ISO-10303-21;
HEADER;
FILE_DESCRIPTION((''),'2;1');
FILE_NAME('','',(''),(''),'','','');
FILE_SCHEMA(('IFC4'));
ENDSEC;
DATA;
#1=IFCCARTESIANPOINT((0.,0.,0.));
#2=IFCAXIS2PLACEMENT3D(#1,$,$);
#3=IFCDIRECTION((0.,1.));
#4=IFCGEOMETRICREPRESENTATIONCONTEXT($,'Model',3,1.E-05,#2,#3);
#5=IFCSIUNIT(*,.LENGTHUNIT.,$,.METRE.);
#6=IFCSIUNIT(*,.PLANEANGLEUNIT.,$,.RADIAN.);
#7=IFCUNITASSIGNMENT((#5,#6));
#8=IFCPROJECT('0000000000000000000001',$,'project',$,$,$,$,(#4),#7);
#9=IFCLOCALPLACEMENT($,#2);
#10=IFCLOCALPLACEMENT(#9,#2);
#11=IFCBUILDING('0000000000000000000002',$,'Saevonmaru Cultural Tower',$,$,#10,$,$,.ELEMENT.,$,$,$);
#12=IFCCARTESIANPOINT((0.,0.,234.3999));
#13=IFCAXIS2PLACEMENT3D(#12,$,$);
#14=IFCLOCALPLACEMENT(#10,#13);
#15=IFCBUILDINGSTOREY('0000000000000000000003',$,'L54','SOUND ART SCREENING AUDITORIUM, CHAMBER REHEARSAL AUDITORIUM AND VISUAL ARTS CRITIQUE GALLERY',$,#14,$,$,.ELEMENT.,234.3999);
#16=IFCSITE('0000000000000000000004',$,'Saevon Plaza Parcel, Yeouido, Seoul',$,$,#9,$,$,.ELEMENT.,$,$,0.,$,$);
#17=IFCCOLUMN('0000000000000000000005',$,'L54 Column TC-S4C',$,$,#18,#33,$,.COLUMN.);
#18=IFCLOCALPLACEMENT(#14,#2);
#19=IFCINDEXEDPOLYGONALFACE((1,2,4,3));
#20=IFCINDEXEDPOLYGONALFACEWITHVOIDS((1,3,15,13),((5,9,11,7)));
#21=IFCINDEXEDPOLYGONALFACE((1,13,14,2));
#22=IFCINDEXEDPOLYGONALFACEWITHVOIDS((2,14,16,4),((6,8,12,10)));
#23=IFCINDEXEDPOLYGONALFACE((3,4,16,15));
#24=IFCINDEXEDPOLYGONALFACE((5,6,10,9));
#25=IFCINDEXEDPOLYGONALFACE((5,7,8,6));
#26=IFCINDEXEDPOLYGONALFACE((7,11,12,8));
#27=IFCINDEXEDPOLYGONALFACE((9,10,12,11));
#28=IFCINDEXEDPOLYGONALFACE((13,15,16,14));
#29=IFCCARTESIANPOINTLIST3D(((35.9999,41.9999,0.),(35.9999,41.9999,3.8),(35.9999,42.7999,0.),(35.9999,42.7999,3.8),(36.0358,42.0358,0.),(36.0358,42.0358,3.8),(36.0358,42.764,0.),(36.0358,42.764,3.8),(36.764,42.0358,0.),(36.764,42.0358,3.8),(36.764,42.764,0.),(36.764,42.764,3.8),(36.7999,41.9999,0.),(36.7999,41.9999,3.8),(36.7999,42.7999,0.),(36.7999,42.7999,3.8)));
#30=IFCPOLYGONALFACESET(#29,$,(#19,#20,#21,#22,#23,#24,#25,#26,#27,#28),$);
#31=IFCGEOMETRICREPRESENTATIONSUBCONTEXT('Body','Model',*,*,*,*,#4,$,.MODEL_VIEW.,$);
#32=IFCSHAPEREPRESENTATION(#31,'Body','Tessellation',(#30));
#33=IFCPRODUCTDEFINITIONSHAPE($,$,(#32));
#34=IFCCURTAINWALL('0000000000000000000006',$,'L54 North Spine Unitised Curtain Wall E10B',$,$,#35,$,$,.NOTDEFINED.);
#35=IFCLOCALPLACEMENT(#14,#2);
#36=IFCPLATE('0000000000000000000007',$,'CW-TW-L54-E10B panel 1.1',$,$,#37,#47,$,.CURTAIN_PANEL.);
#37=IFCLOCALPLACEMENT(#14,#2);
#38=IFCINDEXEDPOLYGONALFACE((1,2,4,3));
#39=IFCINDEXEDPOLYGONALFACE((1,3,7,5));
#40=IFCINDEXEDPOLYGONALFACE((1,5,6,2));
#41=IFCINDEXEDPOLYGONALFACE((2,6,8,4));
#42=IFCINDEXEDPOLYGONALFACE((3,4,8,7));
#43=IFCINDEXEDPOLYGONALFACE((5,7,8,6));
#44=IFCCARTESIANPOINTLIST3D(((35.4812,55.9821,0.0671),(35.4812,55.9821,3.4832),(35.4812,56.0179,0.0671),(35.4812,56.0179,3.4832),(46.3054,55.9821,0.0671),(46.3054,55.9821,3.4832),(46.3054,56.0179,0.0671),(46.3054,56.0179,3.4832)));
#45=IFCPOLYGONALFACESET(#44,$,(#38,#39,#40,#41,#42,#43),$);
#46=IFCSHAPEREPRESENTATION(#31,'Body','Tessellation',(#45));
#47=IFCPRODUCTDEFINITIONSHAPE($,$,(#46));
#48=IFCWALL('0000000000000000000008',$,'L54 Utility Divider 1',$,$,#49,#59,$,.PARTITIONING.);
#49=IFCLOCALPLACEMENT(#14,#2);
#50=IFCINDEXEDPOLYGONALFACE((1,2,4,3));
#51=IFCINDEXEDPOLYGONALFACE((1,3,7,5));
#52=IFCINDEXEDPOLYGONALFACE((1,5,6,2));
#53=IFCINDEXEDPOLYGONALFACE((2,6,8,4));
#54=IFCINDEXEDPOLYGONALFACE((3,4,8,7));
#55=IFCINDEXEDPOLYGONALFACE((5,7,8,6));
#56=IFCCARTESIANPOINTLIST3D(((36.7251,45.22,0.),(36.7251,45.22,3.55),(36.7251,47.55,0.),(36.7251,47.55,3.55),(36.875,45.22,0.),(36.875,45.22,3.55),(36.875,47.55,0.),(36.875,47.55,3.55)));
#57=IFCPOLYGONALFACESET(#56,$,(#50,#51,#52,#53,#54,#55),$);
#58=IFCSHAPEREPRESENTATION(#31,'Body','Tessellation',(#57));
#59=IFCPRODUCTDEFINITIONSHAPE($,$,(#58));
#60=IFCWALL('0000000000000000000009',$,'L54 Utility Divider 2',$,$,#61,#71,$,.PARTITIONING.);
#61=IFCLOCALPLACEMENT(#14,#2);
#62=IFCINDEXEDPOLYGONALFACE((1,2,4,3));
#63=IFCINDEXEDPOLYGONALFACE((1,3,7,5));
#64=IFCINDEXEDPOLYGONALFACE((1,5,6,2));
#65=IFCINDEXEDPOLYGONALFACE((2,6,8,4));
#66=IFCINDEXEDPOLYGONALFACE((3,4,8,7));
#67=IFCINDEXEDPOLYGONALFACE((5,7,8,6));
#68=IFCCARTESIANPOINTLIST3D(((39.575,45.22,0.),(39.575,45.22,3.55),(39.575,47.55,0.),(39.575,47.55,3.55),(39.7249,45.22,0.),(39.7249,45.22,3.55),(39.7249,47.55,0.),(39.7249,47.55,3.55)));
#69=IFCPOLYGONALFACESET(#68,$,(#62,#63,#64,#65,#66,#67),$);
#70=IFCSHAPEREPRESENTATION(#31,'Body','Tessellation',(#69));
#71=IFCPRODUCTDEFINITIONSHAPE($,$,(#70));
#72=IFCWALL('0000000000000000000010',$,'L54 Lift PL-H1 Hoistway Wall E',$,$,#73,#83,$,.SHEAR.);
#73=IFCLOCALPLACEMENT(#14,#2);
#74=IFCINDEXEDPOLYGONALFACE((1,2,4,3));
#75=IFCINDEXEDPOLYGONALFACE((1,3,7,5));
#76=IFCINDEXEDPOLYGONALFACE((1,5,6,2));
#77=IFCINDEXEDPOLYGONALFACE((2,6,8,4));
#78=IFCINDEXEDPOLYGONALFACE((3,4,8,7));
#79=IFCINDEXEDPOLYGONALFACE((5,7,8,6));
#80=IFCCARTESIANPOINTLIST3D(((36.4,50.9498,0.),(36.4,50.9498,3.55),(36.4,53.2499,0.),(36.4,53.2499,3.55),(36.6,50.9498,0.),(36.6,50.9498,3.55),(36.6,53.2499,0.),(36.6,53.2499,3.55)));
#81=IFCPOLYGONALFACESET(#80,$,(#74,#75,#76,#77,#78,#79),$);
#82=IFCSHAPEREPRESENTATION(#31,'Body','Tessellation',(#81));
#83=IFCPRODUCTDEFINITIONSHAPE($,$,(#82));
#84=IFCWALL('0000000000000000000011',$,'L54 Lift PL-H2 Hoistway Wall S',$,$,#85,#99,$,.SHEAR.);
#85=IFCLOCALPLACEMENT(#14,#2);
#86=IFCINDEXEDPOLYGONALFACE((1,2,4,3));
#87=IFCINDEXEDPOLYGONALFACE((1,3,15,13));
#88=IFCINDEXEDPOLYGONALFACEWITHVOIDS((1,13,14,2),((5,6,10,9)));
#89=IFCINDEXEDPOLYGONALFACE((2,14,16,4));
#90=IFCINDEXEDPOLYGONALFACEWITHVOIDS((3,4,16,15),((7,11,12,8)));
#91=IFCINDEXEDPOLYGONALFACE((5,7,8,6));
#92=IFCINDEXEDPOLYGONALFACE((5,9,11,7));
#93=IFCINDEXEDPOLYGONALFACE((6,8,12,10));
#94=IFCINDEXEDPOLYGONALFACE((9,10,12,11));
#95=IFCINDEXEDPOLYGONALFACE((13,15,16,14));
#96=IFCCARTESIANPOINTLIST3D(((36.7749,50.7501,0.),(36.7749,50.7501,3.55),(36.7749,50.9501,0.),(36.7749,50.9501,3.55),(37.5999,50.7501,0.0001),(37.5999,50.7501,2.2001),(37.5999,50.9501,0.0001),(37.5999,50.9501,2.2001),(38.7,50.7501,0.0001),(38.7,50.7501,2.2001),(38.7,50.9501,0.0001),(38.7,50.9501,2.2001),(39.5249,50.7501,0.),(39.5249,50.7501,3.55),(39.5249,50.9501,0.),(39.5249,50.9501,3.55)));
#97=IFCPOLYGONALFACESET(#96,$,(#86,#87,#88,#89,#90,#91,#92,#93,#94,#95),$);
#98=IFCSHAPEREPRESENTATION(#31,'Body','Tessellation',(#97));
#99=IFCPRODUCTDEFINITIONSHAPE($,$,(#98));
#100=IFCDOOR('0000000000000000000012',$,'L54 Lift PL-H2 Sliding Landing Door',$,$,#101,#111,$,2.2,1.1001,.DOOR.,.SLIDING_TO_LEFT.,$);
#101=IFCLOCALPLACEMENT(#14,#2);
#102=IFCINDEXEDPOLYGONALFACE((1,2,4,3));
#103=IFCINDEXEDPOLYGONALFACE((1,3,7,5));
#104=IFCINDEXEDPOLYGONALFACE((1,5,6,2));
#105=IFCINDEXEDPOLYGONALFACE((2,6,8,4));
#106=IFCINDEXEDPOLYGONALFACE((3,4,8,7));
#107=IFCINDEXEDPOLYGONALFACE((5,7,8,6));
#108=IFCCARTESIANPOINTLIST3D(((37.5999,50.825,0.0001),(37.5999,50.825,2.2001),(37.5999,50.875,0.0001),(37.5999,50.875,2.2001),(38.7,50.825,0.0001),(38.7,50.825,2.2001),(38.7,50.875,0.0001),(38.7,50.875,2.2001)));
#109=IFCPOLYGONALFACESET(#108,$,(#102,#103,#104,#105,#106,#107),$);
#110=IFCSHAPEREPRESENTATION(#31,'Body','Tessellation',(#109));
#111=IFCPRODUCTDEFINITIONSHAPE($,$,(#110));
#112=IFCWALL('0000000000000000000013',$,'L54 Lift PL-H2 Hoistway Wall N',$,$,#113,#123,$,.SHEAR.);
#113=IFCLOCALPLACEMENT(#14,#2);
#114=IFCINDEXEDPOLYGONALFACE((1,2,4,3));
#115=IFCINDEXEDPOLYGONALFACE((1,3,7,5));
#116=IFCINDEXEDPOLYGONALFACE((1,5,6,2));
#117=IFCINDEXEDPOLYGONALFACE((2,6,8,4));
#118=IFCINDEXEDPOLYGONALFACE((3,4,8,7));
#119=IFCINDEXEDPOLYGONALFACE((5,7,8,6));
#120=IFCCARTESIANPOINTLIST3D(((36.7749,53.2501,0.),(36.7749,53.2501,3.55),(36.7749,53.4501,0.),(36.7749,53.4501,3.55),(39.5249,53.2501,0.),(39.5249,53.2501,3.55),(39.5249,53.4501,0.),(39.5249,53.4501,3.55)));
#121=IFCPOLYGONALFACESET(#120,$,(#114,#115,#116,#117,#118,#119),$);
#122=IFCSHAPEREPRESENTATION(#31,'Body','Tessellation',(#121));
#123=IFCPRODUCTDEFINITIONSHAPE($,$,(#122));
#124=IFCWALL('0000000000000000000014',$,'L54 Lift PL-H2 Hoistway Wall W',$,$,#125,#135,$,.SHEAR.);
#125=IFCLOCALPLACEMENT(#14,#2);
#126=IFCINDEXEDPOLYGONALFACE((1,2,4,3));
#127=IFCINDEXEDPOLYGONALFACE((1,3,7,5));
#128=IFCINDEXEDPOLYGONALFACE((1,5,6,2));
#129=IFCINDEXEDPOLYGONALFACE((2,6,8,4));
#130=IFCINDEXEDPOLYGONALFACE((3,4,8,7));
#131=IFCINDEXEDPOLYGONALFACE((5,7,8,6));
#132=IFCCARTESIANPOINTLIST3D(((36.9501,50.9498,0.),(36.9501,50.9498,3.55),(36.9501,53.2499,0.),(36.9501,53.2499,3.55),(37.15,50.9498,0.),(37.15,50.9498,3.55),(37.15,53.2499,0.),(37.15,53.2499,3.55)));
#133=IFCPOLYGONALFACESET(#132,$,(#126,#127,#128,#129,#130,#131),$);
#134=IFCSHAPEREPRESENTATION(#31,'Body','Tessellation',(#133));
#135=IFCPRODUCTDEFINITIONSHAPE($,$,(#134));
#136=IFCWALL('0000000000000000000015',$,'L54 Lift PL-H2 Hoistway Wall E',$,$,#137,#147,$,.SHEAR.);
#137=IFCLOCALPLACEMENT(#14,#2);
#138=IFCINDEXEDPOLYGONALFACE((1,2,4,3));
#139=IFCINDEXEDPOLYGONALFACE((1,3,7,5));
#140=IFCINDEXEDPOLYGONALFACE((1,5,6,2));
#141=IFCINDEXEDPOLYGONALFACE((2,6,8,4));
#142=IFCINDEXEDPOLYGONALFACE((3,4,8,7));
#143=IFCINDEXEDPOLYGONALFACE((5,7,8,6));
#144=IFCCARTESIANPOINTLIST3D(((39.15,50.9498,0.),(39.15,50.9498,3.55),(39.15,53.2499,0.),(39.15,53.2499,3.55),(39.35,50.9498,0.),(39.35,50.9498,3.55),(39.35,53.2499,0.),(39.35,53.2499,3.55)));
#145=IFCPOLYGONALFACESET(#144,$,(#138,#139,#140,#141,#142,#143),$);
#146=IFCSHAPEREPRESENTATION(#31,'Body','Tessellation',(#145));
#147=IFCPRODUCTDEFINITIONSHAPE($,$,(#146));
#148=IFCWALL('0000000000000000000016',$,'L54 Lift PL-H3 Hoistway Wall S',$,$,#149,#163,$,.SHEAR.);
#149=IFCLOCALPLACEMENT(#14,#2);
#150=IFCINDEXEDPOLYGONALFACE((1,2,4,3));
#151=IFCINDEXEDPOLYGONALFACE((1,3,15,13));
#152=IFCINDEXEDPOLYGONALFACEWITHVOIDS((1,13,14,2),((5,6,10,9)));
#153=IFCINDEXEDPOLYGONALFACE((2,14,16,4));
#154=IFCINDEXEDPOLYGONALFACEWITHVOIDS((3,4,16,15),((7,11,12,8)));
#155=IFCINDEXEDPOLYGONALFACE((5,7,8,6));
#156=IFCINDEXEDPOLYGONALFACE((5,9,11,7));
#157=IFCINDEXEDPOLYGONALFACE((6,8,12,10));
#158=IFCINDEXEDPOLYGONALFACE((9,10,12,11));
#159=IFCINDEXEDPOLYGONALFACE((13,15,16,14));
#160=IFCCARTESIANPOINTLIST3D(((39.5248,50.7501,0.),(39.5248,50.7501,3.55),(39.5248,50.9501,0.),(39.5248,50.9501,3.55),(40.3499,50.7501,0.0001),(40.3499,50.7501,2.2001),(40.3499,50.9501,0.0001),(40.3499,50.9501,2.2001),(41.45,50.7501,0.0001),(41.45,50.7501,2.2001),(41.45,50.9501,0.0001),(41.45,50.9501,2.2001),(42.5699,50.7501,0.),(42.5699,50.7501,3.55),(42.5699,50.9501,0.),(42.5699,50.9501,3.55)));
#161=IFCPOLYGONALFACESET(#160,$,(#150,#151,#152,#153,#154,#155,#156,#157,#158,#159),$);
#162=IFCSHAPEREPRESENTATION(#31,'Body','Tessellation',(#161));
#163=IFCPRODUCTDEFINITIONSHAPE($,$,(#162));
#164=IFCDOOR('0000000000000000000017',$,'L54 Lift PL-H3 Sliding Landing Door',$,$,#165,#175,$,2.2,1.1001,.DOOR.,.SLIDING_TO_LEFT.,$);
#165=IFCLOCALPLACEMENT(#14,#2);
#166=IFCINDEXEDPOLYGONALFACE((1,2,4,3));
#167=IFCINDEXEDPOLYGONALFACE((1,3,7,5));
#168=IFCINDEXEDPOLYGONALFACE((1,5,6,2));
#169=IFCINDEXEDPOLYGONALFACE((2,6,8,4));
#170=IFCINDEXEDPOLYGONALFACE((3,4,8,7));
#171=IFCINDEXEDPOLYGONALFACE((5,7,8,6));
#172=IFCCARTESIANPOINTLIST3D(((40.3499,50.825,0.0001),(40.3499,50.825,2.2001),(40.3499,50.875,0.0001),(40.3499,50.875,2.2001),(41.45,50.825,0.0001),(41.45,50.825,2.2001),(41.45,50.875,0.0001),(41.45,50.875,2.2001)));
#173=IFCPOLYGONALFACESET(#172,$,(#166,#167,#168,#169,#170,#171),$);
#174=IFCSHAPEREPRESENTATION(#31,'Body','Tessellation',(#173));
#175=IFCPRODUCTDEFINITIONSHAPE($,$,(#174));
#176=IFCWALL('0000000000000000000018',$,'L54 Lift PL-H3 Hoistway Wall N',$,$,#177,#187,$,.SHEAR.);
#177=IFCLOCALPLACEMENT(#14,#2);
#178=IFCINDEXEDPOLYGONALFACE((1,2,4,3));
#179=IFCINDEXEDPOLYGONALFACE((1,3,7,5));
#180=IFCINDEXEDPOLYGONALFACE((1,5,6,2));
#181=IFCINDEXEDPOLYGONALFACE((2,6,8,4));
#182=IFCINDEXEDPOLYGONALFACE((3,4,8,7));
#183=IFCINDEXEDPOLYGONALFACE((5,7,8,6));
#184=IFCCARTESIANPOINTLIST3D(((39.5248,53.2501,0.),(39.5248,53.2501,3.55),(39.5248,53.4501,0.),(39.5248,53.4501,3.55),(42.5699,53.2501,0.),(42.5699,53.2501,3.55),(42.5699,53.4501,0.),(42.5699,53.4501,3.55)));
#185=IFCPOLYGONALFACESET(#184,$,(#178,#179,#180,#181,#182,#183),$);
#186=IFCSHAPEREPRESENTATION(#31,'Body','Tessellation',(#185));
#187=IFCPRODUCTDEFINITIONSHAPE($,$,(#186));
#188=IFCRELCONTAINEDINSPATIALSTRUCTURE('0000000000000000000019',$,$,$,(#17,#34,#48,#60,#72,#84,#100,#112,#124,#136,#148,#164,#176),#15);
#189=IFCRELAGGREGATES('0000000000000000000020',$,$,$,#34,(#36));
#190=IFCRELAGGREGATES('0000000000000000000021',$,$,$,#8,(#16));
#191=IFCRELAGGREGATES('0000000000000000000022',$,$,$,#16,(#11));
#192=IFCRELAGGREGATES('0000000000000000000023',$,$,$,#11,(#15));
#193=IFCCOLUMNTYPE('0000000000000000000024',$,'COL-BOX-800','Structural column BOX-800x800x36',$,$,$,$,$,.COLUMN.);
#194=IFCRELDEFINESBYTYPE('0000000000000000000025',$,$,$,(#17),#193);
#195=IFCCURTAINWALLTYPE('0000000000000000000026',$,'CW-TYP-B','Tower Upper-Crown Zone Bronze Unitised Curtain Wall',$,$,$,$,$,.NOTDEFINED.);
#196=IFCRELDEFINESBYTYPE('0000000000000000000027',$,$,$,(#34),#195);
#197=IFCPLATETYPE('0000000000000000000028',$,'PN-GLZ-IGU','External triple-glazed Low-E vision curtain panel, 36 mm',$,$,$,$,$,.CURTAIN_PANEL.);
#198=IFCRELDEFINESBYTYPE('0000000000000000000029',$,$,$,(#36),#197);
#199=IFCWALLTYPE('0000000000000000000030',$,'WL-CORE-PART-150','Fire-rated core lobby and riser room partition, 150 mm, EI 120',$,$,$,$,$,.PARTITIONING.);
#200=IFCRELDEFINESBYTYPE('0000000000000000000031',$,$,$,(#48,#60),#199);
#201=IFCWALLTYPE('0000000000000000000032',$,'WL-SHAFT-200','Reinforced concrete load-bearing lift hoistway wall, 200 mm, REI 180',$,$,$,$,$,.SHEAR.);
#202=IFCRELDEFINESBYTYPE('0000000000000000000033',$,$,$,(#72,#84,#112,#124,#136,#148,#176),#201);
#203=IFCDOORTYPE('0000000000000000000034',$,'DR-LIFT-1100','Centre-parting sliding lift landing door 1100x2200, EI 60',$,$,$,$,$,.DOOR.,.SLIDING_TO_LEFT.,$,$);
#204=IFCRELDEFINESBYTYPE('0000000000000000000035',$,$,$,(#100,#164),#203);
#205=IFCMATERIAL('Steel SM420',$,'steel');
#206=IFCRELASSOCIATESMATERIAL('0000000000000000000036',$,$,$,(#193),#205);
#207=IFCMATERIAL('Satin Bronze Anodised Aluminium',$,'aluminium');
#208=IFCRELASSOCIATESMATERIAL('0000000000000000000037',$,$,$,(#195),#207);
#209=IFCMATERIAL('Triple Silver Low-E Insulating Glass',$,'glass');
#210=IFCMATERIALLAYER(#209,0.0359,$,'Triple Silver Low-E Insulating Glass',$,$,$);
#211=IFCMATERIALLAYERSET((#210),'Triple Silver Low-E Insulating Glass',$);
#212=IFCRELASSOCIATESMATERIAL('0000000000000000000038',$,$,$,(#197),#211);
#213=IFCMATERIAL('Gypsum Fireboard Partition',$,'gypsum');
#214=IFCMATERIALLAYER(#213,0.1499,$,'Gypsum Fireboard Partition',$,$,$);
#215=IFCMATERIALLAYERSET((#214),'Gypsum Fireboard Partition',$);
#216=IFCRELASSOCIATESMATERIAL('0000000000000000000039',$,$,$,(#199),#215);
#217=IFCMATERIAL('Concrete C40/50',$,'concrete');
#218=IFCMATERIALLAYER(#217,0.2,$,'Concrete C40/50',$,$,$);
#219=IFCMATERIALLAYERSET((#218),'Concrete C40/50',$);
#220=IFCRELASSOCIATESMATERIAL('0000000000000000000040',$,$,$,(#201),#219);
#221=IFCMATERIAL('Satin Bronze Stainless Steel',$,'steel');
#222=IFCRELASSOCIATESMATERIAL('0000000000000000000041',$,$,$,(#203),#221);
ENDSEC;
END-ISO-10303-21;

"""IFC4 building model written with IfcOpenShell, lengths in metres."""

from ifc_helpers import new_model, si_unit, direction, frame, frame_2d, origin, origin_2d, place, context, subcontext, project, spatial, rectangle, hollow_rectangle, extrude, material, layer, layer_set, material_profile, profile_set, type_object, element, fill, aggregate, save


model = new_model("IFC4")

# Units and contexts
model_context = context("Model", 3, precision=1e-05, world=origin(), true_north=direction((0.0, 1.0)))
body_context = subcontext(model_context, "Body", "Model", "MODEL_VIEW")
ifc_project = project(units=[si_unit("LENGTHUNIT", "METRE"), si_unit("PLANEANGLEUNIT", "RADIAN")], contexts=[model_context])

# Site, building, storey
site_placement = place(None, origin())
site = spatial("IfcSite", under=ifc_project, at=site_placement, Name="Saevon Plaza Parcel, Yeouido, Seoul", CompositionType="ELEMENT", RefElevation=0.0)
building_placement = place(site_placement, origin())
building = spatial("IfcBuilding", under=site, at=building_placement, Name="Saevonmaru Cultural Tower", CompositionType="ELEMENT")
storey_placement = place(building_placement, frame((0.0, 0.0, 234.3999)))
storey = spatial("IfcBuildingStorey", under=building, at=storey_placement, Name="L54", Description="SOUND ART SCREENING AUDITORIUM, CHAMBER REHEARSAL AUDITORIUM AND VISUAL ARTS CRITIQUE GALLERY", CompositionType="ELEMENT", Elevation=234.3999)

# Column
ifc_material_1 = material(Name="Steel SM420", Category="steel")
ifc_material_profile = material_profile(ifc_material_1, hollow_rectangle(XDim=0.8, YDim=0.8, WallThickness=0.0359, at=origin_2d()), Name="BOX-800x800x36")
ifc_profile_set = profile_set([ifc_material_profile], Name="Steel SM420")
column_type = type_object("IfcColumnType", Name="COL-BOX-800", Description="Structural column BOX-800x800x36", PredefinedType="COLUMN", material=ifc_profile_set)
column_placement = place(storey_placement, frame((36.3999, 42.3999, 0.0), z_axis=(0.0, 0.0, 1.0), x_axis=(1.0, 0.0, 0.0)))
element("IfcColumn", 1, at=column_placement, inside=storey, type_object=column_type, Name="L54 Column TC-S4C", PredefinedType="COLUMN", context=body_context, shape_type="SweptSolid", body=[
    extrude(hollow_rectangle(XDim=0.8, YDim=0.8, WallThickness=0.0359, at=origin_2d()), origin(), (0.0, 0.0, 1.0), 3.8),
])

# Curtain wall, plate
ifc_material_2 = material(Name="Satin Bronze Anodised Aluminium", Category="aluminium")
curtain_wall_type = type_object("IfcCurtainWallType", Name="CW-TYP-B", Description="Tower Upper-Crown Zone Bronze Unitised Curtain Wall", PredefinedType="NOTDEFINED", material=ifc_material_2)
curtain_wall_placement = place(storey_placement, origin())
curtain_wall = element("IfcCurtainWall", 2, at=curtain_wall_placement, inside=storey, type_object=curtain_wall_type, Name="L54 North Spine Unitised Curtain Wall E10B", PredefinedType="NOTDEFINED")
ifc_material_3 = material(Name="Triple Silver Low-E Insulating Glass", Category="glass")
ifc_layer_1 = layer(ifc_material_3, 0.0359, Name="Triple Silver Low-E Insulating Glass")
ifc_layer_set_1 = layer_set([ifc_layer_1], Name="Triple Silver Low-E Insulating Glass")
plate_type = type_object("IfcPlateType", Name="PN-GLZ-IGU", Description="External triple-glazed Low-E vision curtain panel, 36 mm", PredefinedType="CURTAIN_PANEL", material=ifc_layer_set_1)
plate_placement = place(storey_placement, frame((40.8933, 56.0, 0.0671), z_axis=(0.0, 0.0, 1.0), x_axis=(-1.0, 0.0, 0.0)))
plate = element("IfcPlate", 3, at=plate_placement, type_object=plate_type, Name="CW-TW-L54-E10B panel 1.1", PredefinedType="CURTAIN_PANEL", context=body_context, shape_type="SweptSolid", body=[
    extrude(rectangle(XDim=10.8242, YDim=0.0359, at=origin_2d()), origin(), (0.0, 0.0, 1.0), 3.416),
])
aggregate(curtain_wall, [plate])

# Walls
ifc_material_4 = material(Name="Gypsum Fireboard Partition", Category="gypsum")
ifc_layer_2 = layer(ifc_material_4, 0.1499, Name="Gypsum Fireboard Partition")
ifc_layer_set_2 = layer_set([ifc_layer_2], Name="Gypsum Fireboard Partition")
wall_type_1 = type_object("IfcWallType", Name="WL-CORE-PART-150", Description="Fire-rated core lobby and riser room partition, 150 mm, EI 120", PredefinedType="PARTITIONING", material=ifc_layer_set_2)
for number, where, z_axis, x_axis, name in (
    (4, (36.8, 45.22, 0.0), (0.0, 0.0, 1.0), (0.0, 1.0, 0.0), "L54 Utility Divider 1"),
    (5, (39.6499, 45.22, 0.0), (0.0, 0.0, 1.0), (0.0, 1.0, 0.0), "L54 Utility Divider 2"),
):
    element("IfcWall", number, at=place(storey_placement, frame(where, z_axis=z_axis, x_axis=x_axis)), inside=storey, type_object=wall_type_1, Name=name, PredefinedType="PARTITIONING", context=body_context, shape_type="SweptSolid", body=[
        extrude(rectangle(XDim=2.3301, YDim=0.1499, at=frame_2d((1.165, 0.0))), origin(), (0.0, 0.0, 1.0), 3.55),
    ])
ifc_material_5 = material(Name="Concrete C40/50", Category="concrete")
ifc_layer_3 = layer(ifc_material_5, 0.2, Name="Concrete C40/50")
ifc_layer_set_3 = layer_set([ifc_layer_3], Name="Concrete C40/50")
wall_type_2 = type_object("IfcWallType", Name="WL-SHAFT-200", Description="Reinforced concrete load-bearing lift hoistway wall, 200 mm, REI 180", PredefinedType="SHEAR", material=ifc_layer_set_3)
wall_1_placement = place(storey_placement, frame((36.5, 50.95, 0.0), z_axis=(0.0, 0.0, 1.0), x_axis=(0.0, 1.0, 0.0)))
element("IfcWall", 6, at=wall_1_placement, inside=storey, type_object=wall_type_2, Name="L54 Lift PL-H1 Hoistway Wall E", PredefinedType="SHEAR", context=body_context, shape_type="SweptSolid", body=[
    extrude(rectangle(XDim=2.3, YDim=0.2, at=frame_2d((1.1499, 0.0))), origin(), (0.0, 0.0, 1.0), 3.55),
])

# Wall, opening, door
wall_2_placement = place(storey_placement, frame((36.7749, 50.8501, 0.0), z_axis=(0.0, 0.0, 1.0), x_axis=(1.0, 0.0, 0.0)))
wall_2 = element("IfcWall", 7, at=wall_2_placement, inside=storey, type_object=wall_type_2, Name="L54 Lift PL-H2 Hoistway Wall S", PredefinedType="SHEAR", context=body_context, shape_type="SweptSolid", body=[
    extrude(rectangle(XDim=2.75, YDim=0.2, at=frame_2d((1.375, 0.0))), origin(), (0.0, 0.0, 1.0), 3.55),
])
opening_1_placement = place(wall_2_placement, frame((0.825, 0.0, 0.0)))
opening_1 = element("IfcOpeningElement", 8, at=opening_1_placement, cuts=wall_2, PredefinedType="OPENING", context=body_context, shape_type="SweptSolid", body=[
    extrude(rectangle(XDim=1.1001, YDim=2.2, at=frame_2d((0.55, 1.1001))), frame((0.0, 0.1099, 0.0), z_axis=(0.0, -1.0, 0.0), x_axis=(1.0, 0.0, 0.0)), (0.0, 0.0, 1.0), 0.22),
])
ifc_material_6 = material(Name="Satin Bronze Stainless Steel", Category="steel")
door_type_1 = type_object("IfcDoorType", Name="DR-LIFT-1100", Description="Centre-parting sliding lift landing door 1100x2200, EI 60", OperationType="SLIDING_TO_LEFT", PredefinedType="DOOR", material=ifc_material_6)
door_1_placement = place(opening_1_placement, origin())
door_1 = element("IfcDoor", 9, at=door_1_placement, inside=storey, type_object=door_type_1, Name="L54 Lift PL-H2 Sliding Landing Door", OperationType="SLIDING_TO_LEFT", OverallHeight=2.2, OverallWidth=1.1001, PredefinedType="DOOR", context=body_context, shape_type="SweptSolid", body=[
    extrude(rectangle(XDim=1.1001, YDim=2.2, at=frame_2d((0.55, 1.1001))), frame((0.0, 0.0249, 0.0), z_axis=(0.0, -1.0, 0.0), x_axis=(1.0, 0.0, 0.0)), (0.0, 0.0, 1.0), 0.05),
])
fill(opening_1, door_1)

# Walls
wall_3_placement = place(storey_placement, frame((36.7749, 53.3501, 0.0), z_axis=(0.0, 0.0, 1.0), x_axis=(1.0, 0.0, 0.0)))
element("IfcWall", 10, at=wall_3_placement, inside=storey, type_object=wall_type_2, Name="L54 Lift PL-H2 Hoistway Wall N", PredefinedType="SHEAR", context=body_context, shape_type="SweptSolid", body=[
    extrude(rectangle(XDim=2.75, YDim=0.2, at=frame_2d((1.375, 0.0))), origin(), (0.0, 0.0, 1.0), 3.55),
])
for number, where, z_axis, x_axis, name in (
    (11, (37.05, 50.95, 0.0), (0.0, 0.0, 1.0), (0.0, 1.0, 0.0), "L54 Lift PL-H2 Hoistway Wall W"),
    (12, (39.25, 50.95, 0.0), (0.0, 0.0, 1.0), (0.0, 1.0, 0.0), "L54 Lift PL-H2 Hoistway Wall E"),
):
    element("IfcWall", number, at=place(storey_placement, frame(where, z_axis=z_axis, x_axis=x_axis)), inside=storey, type_object=wall_type_2, Name=name, PredefinedType="SHEAR", context=body_context, shape_type="SweptSolid", body=[
        extrude(rectangle(XDim=2.3, YDim=0.2, at=frame_2d((1.1499, 0.0))), origin(), (0.0, 0.0, 1.0), 3.55),
    ])

# Wall, opening, door
wall_4_placement = place(storey_placement, frame((39.5249, 50.8501, 0.0), z_axis=(0.0, 0.0, 1.0), x_axis=(1.0, 0.0, 0.0)))
wall_4 = element("IfcWall", 13, at=wall_4_placement, inside=storey, type_object=wall_type_2, Name="L54 Lift PL-H3 Hoistway Wall S", PredefinedType="SHEAR", context=body_context, shape_type="SweptSolid", body=[
    extrude(rectangle(XDim=3.0452, YDim=0.2, at=frame_2d((1.5225, 0.0))), origin(), (0.0, 0.0, 1.0), 3.55),
])
opening_2_placement = place(wall_4_placement, frame((0.825, 0.0, 0.0)))
opening_2 = element("IfcOpeningElement", 14, at=opening_2_placement, cuts=wall_4, PredefinedType="OPENING", context=body_context, shape_type="SweptSolid", body=[
    extrude(rectangle(XDim=1.1001, YDim=2.2, at=frame_2d((0.55, 1.1001))), frame((0.0, 0.1099, 0.0), z_axis=(0.0, -1.0, 0.0), x_axis=(1.0, 0.0, 0.0)), (0.0, 0.0, 1.0), 0.22),
])
door_2_placement = place(opening_2_placement, origin())
door_2 = element("IfcDoor", 15, at=door_2_placement, inside=storey, type_object=door_type_1, Name="L54 Lift PL-H3 Sliding Landing Door", OperationType="SLIDING_TO_LEFT", OverallHeight=2.2, OverallWidth=1.1001, PredefinedType="DOOR", context=body_context, shape_type="SweptSolid", body=[
    extrude(rectangle(XDim=1.1001, YDim=2.2, at=frame_2d((0.55, 1.1001))), frame((0.0, 0.0249, 0.0), z_axis=(0.0, -1.0, 0.0), x_axis=(1.0, 0.0, 0.0)), (0.0, 0.0, 1.0), 0.05),
])
fill(opening_2, door_2)

# Wall
wall_5_placement = place(storey_placement, frame((39.5249, 53.3501, 0.0), z_axis=(0.0, 0.0, 1.0), x_axis=(1.0, 0.0, 0.0)))
element("IfcWall", 16, at=wall_5_placement, inside=storey, type_object=wall_type_2, Name="L54 Lift PL-H3 Hoistway Wall N", PredefinedType="SHEAR", context=body_context, shape_type="SweptSolid", body=[
    extrude(rectangle(XDim=3.0452, YDim=0.2, at=frame_2d((1.5225, 0.0))), origin(), (0.0, 0.0, 1.0), 3.55),
])

save(model, "model.ifc")
